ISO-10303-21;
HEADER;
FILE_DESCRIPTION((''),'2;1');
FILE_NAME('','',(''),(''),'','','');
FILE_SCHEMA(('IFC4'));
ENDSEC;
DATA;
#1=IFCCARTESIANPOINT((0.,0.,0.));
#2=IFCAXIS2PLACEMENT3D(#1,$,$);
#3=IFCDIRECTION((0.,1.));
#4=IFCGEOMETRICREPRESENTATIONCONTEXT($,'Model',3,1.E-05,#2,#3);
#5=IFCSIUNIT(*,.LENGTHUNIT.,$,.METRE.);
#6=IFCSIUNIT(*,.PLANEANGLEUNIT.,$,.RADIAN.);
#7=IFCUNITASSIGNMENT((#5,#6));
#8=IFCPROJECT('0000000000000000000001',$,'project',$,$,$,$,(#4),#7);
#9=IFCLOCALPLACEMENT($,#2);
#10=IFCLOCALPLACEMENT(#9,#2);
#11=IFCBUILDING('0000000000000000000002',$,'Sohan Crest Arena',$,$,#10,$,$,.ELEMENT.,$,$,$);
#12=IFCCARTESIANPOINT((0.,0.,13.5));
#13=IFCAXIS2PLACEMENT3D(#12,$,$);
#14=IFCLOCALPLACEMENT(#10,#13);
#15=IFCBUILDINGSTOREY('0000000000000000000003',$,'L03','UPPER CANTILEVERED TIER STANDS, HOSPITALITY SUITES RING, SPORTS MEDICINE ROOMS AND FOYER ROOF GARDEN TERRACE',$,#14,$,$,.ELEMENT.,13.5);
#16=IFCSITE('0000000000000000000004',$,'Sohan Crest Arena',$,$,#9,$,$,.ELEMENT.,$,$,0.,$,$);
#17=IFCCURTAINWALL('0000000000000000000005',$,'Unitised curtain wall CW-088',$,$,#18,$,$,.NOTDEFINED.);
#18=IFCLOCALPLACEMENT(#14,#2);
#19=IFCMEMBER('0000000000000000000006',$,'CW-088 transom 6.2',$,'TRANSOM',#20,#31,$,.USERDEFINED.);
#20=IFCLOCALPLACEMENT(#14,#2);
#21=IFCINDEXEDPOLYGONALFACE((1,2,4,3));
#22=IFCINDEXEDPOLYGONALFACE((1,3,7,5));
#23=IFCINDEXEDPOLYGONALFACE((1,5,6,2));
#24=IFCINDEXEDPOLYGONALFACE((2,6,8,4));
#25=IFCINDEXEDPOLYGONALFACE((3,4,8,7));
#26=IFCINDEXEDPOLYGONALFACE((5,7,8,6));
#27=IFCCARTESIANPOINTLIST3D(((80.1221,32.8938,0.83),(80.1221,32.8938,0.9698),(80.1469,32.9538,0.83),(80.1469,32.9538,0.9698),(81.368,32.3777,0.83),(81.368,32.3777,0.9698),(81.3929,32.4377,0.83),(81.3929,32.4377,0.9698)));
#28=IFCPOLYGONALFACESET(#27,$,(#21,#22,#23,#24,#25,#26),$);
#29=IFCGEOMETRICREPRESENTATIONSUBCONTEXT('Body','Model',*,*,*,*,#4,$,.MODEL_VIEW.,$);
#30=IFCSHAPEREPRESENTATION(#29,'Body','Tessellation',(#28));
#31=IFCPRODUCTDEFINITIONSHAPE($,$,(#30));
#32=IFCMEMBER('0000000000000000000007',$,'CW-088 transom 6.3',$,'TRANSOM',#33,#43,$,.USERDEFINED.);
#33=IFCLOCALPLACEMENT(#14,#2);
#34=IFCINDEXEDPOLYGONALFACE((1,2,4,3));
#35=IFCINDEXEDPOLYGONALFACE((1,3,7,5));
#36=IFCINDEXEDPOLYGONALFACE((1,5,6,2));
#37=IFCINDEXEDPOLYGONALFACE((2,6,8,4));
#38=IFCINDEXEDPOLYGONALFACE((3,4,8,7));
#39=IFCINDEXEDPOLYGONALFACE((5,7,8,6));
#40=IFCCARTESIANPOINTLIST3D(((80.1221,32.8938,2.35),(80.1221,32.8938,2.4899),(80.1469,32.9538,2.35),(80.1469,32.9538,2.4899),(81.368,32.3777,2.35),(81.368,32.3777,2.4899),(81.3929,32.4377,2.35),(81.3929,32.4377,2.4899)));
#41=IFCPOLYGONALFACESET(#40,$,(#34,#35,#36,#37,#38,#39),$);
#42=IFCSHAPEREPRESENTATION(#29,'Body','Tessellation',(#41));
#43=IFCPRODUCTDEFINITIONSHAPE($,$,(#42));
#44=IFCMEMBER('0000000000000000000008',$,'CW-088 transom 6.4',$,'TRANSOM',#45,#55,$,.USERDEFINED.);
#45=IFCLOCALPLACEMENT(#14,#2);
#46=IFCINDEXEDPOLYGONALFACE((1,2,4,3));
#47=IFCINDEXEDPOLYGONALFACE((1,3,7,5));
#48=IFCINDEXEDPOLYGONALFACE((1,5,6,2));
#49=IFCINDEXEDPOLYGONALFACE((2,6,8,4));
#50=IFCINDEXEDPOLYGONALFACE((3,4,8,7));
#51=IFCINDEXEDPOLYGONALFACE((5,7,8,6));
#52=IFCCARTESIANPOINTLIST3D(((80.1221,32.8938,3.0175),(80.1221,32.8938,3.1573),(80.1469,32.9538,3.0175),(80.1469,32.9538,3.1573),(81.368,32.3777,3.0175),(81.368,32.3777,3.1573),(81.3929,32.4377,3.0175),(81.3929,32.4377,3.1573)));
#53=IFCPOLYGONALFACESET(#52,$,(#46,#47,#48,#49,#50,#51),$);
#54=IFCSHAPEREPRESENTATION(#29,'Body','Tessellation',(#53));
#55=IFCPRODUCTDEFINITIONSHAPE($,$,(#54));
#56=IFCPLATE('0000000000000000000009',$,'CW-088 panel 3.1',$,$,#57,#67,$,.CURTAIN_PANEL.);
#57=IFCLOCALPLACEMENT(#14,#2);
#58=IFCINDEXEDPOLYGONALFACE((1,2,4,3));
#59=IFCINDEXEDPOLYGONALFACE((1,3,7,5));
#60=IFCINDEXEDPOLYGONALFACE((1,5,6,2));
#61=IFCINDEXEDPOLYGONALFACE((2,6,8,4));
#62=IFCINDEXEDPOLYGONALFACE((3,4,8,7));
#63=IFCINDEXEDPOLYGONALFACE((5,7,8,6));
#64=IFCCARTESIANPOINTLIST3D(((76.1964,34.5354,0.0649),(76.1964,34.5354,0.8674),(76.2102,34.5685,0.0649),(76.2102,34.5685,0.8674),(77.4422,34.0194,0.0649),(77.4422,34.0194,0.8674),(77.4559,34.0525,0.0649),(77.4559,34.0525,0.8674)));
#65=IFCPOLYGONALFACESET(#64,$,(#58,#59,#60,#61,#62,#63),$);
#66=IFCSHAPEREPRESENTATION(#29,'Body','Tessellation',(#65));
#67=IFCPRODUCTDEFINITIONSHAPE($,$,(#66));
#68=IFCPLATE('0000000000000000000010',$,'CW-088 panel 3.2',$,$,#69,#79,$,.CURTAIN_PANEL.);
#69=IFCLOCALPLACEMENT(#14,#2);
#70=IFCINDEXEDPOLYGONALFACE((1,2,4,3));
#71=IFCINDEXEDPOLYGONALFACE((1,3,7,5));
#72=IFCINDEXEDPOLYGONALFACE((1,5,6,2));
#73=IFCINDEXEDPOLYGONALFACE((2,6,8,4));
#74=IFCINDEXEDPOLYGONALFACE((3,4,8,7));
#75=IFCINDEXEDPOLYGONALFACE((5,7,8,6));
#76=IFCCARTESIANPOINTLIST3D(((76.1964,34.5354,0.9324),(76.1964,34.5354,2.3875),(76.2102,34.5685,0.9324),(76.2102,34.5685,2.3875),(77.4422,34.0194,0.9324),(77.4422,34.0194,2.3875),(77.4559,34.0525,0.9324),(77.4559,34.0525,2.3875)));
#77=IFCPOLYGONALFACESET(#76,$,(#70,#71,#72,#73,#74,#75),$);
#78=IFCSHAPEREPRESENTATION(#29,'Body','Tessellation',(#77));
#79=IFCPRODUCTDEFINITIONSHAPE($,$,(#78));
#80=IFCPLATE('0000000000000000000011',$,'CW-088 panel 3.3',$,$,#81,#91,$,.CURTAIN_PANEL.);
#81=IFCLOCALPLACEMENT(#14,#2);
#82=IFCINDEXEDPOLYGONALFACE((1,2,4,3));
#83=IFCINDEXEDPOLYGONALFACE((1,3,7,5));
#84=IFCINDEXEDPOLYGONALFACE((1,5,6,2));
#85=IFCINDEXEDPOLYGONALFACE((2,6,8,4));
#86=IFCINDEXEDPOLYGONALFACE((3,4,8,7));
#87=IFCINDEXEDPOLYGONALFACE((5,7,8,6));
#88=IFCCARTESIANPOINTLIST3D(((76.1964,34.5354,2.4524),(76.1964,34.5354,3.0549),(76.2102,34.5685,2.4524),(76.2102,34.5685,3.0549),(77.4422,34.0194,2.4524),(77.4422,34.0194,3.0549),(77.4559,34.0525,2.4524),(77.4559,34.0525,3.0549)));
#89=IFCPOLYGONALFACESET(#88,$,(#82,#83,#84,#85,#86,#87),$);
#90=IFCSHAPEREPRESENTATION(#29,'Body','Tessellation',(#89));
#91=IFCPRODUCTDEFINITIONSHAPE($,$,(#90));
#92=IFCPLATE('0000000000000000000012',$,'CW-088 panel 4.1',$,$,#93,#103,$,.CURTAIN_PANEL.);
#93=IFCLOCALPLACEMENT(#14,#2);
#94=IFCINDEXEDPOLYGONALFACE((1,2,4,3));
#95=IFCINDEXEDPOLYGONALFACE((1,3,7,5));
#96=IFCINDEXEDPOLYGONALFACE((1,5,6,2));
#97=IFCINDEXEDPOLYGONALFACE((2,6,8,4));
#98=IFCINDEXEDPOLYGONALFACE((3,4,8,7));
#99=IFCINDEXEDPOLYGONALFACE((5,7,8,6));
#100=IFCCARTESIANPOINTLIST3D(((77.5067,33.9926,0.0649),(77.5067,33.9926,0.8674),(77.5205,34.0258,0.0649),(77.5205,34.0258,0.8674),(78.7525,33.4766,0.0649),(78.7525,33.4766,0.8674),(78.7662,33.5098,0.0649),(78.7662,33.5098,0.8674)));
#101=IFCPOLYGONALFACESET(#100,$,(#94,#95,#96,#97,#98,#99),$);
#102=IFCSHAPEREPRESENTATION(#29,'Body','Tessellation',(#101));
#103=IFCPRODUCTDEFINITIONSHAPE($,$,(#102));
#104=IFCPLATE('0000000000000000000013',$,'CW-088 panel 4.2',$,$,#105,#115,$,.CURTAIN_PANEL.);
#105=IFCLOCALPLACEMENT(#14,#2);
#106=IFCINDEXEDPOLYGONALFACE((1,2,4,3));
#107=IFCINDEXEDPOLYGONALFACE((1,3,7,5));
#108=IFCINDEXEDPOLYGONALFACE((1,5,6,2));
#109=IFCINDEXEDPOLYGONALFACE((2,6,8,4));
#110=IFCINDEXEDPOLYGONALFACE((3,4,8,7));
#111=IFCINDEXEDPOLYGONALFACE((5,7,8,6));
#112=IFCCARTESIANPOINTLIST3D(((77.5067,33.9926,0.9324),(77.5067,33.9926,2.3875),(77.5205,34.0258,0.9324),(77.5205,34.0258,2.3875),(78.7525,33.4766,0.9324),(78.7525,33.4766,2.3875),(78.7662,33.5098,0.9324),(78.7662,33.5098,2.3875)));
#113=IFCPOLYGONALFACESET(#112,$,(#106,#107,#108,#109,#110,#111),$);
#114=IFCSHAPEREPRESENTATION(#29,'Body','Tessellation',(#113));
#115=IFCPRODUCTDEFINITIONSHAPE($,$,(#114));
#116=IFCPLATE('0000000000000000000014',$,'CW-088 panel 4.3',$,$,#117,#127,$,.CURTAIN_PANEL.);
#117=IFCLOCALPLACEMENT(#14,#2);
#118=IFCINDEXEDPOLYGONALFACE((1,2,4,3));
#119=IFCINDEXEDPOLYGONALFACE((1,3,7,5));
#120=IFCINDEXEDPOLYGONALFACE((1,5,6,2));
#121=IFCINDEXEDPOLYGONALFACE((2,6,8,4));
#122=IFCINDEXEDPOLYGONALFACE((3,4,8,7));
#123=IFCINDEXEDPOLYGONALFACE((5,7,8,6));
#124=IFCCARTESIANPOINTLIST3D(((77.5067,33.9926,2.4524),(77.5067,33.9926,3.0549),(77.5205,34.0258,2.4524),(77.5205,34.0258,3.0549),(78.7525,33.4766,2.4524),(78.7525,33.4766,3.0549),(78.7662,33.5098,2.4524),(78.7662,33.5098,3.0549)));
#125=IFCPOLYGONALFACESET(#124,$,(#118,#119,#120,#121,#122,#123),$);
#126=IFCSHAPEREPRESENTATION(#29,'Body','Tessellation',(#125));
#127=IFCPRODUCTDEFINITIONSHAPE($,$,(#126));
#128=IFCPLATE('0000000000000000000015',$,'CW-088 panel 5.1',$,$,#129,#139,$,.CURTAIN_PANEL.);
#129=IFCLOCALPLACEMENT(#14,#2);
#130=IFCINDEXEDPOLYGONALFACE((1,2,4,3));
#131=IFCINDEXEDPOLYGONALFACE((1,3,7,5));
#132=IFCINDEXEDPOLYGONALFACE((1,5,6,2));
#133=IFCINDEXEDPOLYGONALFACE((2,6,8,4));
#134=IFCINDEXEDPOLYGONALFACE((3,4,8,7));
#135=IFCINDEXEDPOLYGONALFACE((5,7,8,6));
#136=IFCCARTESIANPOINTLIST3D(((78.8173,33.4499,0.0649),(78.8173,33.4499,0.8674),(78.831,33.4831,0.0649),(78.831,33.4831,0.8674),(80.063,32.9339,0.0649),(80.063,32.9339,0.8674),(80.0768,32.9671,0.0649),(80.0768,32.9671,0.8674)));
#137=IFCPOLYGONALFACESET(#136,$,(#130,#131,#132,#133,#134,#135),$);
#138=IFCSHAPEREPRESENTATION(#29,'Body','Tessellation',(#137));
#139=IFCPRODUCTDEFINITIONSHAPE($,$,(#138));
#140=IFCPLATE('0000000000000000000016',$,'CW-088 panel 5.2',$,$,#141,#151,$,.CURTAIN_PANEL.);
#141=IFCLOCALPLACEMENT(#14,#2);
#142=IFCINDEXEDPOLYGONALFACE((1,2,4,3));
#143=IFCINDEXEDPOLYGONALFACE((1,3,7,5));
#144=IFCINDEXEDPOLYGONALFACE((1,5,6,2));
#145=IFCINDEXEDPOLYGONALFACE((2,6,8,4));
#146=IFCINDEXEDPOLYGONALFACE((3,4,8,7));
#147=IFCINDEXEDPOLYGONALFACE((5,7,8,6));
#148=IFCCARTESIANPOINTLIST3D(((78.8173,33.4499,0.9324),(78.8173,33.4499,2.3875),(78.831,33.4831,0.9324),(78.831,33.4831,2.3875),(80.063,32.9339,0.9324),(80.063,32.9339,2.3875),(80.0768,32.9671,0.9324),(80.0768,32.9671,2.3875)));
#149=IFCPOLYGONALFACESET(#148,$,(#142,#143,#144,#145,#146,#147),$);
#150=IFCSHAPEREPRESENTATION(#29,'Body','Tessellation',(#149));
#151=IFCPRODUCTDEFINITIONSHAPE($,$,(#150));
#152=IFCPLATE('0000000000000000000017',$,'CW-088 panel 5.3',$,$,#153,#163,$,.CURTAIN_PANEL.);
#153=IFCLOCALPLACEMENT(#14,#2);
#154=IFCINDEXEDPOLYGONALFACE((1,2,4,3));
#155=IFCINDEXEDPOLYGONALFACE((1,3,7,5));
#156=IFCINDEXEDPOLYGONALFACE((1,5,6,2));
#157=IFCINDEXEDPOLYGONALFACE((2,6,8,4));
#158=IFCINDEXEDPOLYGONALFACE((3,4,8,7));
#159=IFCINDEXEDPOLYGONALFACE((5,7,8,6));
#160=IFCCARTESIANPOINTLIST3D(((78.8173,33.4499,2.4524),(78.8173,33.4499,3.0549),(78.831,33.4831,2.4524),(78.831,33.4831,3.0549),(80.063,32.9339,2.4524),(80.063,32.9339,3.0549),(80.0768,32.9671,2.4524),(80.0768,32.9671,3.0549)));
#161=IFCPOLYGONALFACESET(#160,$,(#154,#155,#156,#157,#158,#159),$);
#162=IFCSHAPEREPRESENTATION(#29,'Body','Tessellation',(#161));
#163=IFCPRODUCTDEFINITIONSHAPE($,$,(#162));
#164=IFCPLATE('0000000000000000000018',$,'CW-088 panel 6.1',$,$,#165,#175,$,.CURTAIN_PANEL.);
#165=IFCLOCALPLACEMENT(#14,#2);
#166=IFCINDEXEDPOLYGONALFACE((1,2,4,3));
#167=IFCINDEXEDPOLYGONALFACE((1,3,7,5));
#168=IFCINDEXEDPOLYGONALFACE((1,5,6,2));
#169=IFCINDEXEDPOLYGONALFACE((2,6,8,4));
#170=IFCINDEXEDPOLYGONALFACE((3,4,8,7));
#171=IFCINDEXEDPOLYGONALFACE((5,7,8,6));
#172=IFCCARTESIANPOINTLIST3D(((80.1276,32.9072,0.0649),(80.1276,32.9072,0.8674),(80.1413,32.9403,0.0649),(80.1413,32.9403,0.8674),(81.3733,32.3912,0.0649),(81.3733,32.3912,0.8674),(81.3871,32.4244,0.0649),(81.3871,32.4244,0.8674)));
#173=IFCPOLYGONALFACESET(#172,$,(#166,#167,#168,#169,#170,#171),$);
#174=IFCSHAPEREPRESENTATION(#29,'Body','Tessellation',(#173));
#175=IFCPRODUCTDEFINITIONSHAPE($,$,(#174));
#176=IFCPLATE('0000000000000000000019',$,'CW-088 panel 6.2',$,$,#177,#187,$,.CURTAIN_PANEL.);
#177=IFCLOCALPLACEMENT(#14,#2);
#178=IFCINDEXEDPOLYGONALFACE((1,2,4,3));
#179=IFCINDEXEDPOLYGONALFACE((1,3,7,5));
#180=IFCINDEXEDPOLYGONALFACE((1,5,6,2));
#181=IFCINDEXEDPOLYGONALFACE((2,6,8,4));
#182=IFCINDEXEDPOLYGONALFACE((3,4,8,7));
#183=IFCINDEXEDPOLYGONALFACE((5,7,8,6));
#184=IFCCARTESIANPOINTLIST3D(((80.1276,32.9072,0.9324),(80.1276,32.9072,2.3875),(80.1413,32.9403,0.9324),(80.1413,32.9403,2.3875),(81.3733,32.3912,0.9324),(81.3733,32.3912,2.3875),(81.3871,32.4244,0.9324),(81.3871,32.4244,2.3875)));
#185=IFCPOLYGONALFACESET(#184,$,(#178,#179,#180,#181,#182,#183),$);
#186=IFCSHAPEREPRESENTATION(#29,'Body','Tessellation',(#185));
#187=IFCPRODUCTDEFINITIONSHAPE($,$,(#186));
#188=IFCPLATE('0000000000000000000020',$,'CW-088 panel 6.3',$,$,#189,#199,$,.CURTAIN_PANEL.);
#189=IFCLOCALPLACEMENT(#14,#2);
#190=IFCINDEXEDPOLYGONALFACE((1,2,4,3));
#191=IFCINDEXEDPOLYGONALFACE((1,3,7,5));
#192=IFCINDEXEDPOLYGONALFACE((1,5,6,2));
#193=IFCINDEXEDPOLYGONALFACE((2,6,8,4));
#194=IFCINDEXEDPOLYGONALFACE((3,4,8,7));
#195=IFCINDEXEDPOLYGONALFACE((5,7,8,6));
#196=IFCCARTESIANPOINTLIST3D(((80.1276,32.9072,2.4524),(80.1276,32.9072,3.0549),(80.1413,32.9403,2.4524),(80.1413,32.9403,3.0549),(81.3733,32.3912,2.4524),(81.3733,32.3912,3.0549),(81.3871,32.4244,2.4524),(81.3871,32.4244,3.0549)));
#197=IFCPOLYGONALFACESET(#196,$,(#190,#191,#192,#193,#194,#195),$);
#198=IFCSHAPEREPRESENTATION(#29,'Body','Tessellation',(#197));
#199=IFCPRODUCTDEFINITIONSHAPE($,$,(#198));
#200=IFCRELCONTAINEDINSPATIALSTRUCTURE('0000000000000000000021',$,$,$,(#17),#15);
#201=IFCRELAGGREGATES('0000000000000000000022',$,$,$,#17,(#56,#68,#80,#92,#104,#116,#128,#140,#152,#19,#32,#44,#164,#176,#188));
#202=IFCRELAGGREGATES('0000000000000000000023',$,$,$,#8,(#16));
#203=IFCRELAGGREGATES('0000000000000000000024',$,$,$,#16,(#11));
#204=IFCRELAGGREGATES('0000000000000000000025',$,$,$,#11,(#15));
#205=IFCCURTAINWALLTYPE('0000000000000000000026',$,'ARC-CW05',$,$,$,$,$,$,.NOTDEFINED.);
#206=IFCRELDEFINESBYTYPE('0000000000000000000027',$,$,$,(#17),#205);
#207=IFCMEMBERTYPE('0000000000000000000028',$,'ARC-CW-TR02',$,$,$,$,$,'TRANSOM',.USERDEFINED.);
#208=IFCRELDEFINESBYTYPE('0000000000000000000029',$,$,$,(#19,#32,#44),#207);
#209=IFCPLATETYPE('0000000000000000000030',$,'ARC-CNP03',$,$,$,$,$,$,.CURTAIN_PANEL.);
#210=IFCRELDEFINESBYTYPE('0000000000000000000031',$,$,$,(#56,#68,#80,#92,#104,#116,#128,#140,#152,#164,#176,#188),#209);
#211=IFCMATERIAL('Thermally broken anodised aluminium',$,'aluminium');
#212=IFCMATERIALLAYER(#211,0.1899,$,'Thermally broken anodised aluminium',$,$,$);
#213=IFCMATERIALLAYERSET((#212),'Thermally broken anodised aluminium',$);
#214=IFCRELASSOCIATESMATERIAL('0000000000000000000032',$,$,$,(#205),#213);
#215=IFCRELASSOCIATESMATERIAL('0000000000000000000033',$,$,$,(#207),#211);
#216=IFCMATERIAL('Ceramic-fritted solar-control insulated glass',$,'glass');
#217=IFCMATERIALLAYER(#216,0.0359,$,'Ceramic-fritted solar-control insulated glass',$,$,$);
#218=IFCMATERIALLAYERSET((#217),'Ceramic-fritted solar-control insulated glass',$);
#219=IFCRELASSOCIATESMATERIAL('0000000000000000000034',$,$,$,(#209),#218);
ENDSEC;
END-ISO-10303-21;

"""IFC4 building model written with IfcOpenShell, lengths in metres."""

from ifc_helpers import new_model, si_unit, direction, frame, origin, origin_2d, place, context, subcontext, project, spatial, rectangle, extrude, material, layer, layer_set, material_profile, profile_set, type_object, element, aggregate, save


model = new_model("IFC4")

# Units and contexts
model_context = context("Model", 3, precision=1e-05, world=origin(), true_north=direction((0.0, 1.0)))
body_context = subcontext(model_context, "Body", "Model", "MODEL_VIEW")
ifc_project = project(units=[si_unit("LENGTHUNIT", "METRE"), si_unit("PLANEANGLEUNIT", "RADIAN")], contexts=[model_context])

# Site, building, storey
site_placement = place(None, origin())
site = spatial("IfcSite", under=ifc_project, at=site_placement, Name="Sohan Crest Arena", CompositionType="ELEMENT", RefElevation=0.0)
building_placement = place(site_placement, origin())
building = spatial("IfcBuilding", under=site, at=building_placement, Name="Sohan Crest Arena", CompositionType="ELEMENT")
storey_placement = place(building_placement, frame((0.0, 0.0, 13.5)))
storey = spatial("IfcBuildingStorey", under=building, at=storey_placement, Name="L03", Description="UPPER CANTILEVERED TIER STANDS, HOSPITALITY SUITES RING, SPORTS MEDICINE ROOMS AND FOYER ROOF GARDEN TERRACE", CompositionType="ELEMENT", Elevation=13.5)

# Curtain wall, members, plates
ifc_material_1 = material(Name="Thermally broken anodised aluminium", Category="aluminium")
ifc_layer_1 = layer(ifc_material_1, 0.1899, Name="Thermally broken anodised aluminium")
ifc_layer_set_1 = layer_set([ifc_layer_1], Name="Thermally broken anodised aluminium")
curtain_wall_type = type_object("IfcCurtainWallType", Name="ARC-CW05", PredefinedType="NOTDEFINED", material=ifc_layer_set_1)
curtain_wall_placement = place(storey_placement, origin())
curtain_wall = element("IfcCurtainWall", 1, at=curtain_wall_placement, inside=storey, type_object=curtain_wall_type, Name="Unitised curtain wall CW-088", PredefinedType="NOTDEFINED")
ifc_material_profile_1 = material_profile(ifc_material_1, rectangle(XDim=0.0649, YDim=0.1399, at=origin_2d()), Name="ALU-TRAN 65x140")
ifc_profile_set_1 = profile_set([ifc_material_profile_1], Name="Thermally broken anodised aluminium")
member_type_1 = type_object("IfcMemberType", Name="ARC-CW-TR02", ElementType="TRANSOM", PredefinedType="USERDEFINED", material=ifc_profile_set_1)
member_1_placement = place(storey_placement, frame((80.1345, 32.9238, 0.8999), z_axis=(0.923862, -0.382725, 0.0), x_axis=(0.382725, 0.923862, 0.0)))
member_1 = element("IfcMember", 2, at=member_1_placement, type_object=member_type_1, Name="CW-088 transom 6.2", ObjectType="TRANSOM", PredefinedType="USERDEFINED", context=body_context, shape_type="SweptSolid", body=[
    extrude(rectangle(XDim=0.0649, YDim=0.1399, at=origin_2d()), origin(), (0.0, 0.0, 1.0), 1.3486),
])
member_2_placement = place(storey_placement, frame((80.1345, 32.9238, 2.4199), z_axis=(0.923862, -0.382725, 0.0), x_axis=(0.382725, 0.923862, 0.0)))
member_2 = element("IfcMember", 3, at=member_2_placement, type_object=member_type_1, Name="CW-088 transom 6.3", ObjectType="TRANSOM", PredefinedType="USERDEFINED", context=body_context, shape_type="SweptSolid", body=[
    extrude(rectangle(XDim=0.0649, YDim=0.1399, at=origin_2d()), origin(), (0.0, 0.0, 1.0), 1.3486),
])
member_3_placement = place(storey_placement, frame((80.1345, 32.9238, 3.0874), z_axis=(0.923862, -0.382725, 0.0), x_axis=(0.382725, 0.923862, 0.0)))
member_3 = element("IfcMember", 4, at=member_3_placement, type_object=member_type_1, Name="CW-088 transom 6.4", ObjectType="TRANSOM", PredefinedType="USERDEFINED", context=body_context, shape_type="SweptSolid", body=[
    extrude(rectangle(XDim=0.0649, YDim=0.1399, at=origin_2d()), origin(), (0.0, 0.0, 1.0), 1.3486),
])
ifc_material_2 = material(Name="Ceramic-fritted solar-control insulated glass", Category="glass")
ifc_layer_2 = layer(ifc_material_2, 0.0359, Name="Ceramic-fritted solar-control insulated glass")
ifc_layer_set_2 = layer_set([ifc_layer_2], Name="Ceramic-fritted solar-control insulated glass")
plate_type = type_object("IfcPlateType", Name="ARC-CNP03", PredefinedType="CURTAIN_PANEL", material=ifc_layer_set_2)
plate_1_placement = place(storey_placement, frame((76.8262, 34.2939, 0.0649), z_axis=(0.0, 0.0, 1.0), x_axis=(0.923886, -0.382668, 0.0)))
plate_1 = element("IfcPlate", 5, at=plate_1_placement, type_object=plate_type, Name="CW-088 panel 3.1", PredefinedType="CURTAIN_PANEL", context=body_context, shape_type="SweptSolid", body=[
    extrude(rectangle(XDim=1.3484, YDim=0.0359, at=origin_2d()), origin(), (0.0, 0.0, 1.0), 0.8025),
])
plate_2_placement = place(storey_placement, frame((76.8262, 34.2939, 0.9324), z_axis=(0.0, 0.0, 1.0), x_axis=(0.923886, -0.382668, 0.0)))
plate_2 = element("IfcPlate", 6, at=plate_2_placement, type_object=plate_type, Name="CW-088 panel 3.2", PredefinedType="CURTAIN_PANEL", context=body_context, shape_type="SweptSolid", body=[
    extrude(rectangle(XDim=1.3484, YDim=0.0359, at=origin_2d()), origin(), (0.0, 0.0, 1.0), 1.4551),
])
plate_3_placement = place(storey_placement, frame((76.8262, 34.2939, 2.4524), z_axis=(0.0, 0.0, 1.0), x_axis=(0.923886, -0.382668, 0.0)))
plate_3 = element("IfcPlate", 7, at=plate_3_placement, type_object=plate_type, Name="CW-088 panel 3.3", PredefinedType="CURTAIN_PANEL", context=body_context, shape_type="SweptSolid", body=[
    extrude(rectangle(XDim=1.3484, YDim=0.0359, at=origin_2d()), origin(), (0.0, 0.0, 1.0), 0.6025),
])
plate_4_placement = place(storey_placement, frame((78.1365, 33.7512, 0.0649), z_axis=(0.0, 0.0, 1.0), x_axis=(0.923886, -0.382668, 0.0)))
plate_4 = element("IfcPlate", 8, at=plate_4_placement, type_object=plate_type, Name="CW-088 panel 4.1", PredefinedType="CURTAIN_PANEL", context=body_context, shape_type="SweptSolid", body=[
    extrude(rectangle(XDim=1.3484, YDim=0.0359, at=origin_2d()), origin(), (0.0, 0.0, 1.0), 0.8025),
])
plate_5_placement = place(storey_placement, frame((78.1365, 33.7512, 0.9324), z_axis=(0.0, 0.0, 1.0), x_axis=(0.923886, -0.382668, 0.0)))
plate_5 = element("IfcPlate", 9, at=plate_5_placement, type_object=plate_type, Name="CW-088 panel 4.2", PredefinedType="CURTAIN_PANEL", context=body_context, shape_type="SweptSolid", body=[
    extrude(rectangle(XDim=1.3484, YDim=0.0359, at=origin_2d()), origin(), (0.0, 0.0, 1.0), 1.4551),
])
plate_6_placement = place(storey_placement, frame((78.1365, 33.7512, 2.4524), z_axis=(0.0, 0.0, 1.0), x_axis=(0.923886, -0.382668, 0.0)))
plate_6 = element("IfcPlate", 10, at=plate_6_placement, type_object=plate_type, Name="CW-088 panel 4.3", PredefinedType="CURTAIN_PANEL", context=body_context, shape_type="SweptSolid", body=[
    extrude(rectangle(XDim=1.3484, YDim=0.0359, at=origin_2d()), origin(), (0.0, 0.0, 1.0), 0.6025),
])
plate_7_placement = place(storey_placement, frame((79.447, 33.2085, 0.0649), z_axis=(0.0, 0.0, 1.0), x_axis=(0.923886, -0.382668, 0.0)))
plate_7 = element("IfcPlate", 11, at=plate_7_placement, type_object=plate_type, Name="CW-088 panel 5.1", PredefinedType="CURTAIN_PANEL", context=body_context, shape_type="SweptSolid", body=[
    extrude(rectangle(XDim=1.3484, YDim=0.0359, at=origin_2d()), origin(), (0.0, 0.0, 1.0), 0.8025),
])
plate_8_placement = place(storey_placement, frame((79.447, 33.2085, 0.9324), z_axis=(0.0, 0.0, 1.0), x_axis=(0.923886, -0.382668, 0.0)))
plate_8 = element("IfcPlate", 12, at=plate_8_placement, type_object=plate_type, Name="CW-088 panel 5.2", PredefinedType="CURTAIN_PANEL", context=body_context, shape_type="SweptSolid", body=[
    extrude(rectangle(XDim=1.3484, YDim=0.0359, at=origin_2d()), origin(), (0.0, 0.0, 1.0), 1.4551),
])
plate_9_placement = place(storey_placement, frame((79.447, 33.2085, 2.4524), z_axis=(0.0, 0.0, 1.0), x_axis=(0.923886, -0.382668, 0.0)))
plate_9 = element("IfcPlate", 13, at=plate_9_placement, type_object=plate_type, Name="CW-088 panel 5.3", PredefinedType="CURTAIN_PANEL", context=body_context, shape_type="SweptSolid", body=[
    extrude(rectangle(XDim=1.3484, YDim=0.0359, at=origin_2d()), origin(), (0.0, 0.0, 1.0), 0.6025),
])
plate_10_placement = place(storey_placement, frame((80.7573, 32.6658, 0.0649), z_axis=(0.0, 0.0, 1.0), x_axis=(0.923886, -0.382668, 0.0)))
plate_10 = element("IfcPlate", 14, at=plate_10_placement, type_object=plate_type, Name="CW-088 panel 6.1", PredefinedType="CURTAIN_PANEL", context=body_context, shape_type="SweptSolid", body=[
    extrude(rectangle(XDim=1.3484, YDim=0.0359, at=origin_2d()), origin(), (0.0, 0.0, 1.0), 0.8025),
])
plate_11_placement = place(storey_placement, frame((80.7573, 32.6658, 0.9324), z_axis=(0.0, 0.0, 1.0), x_axis=(0.923886, -0.382668, 0.0)))
plate_11 = element("IfcPlate", 15, at=plate_11_placement, type_object=plate_type, Name="CW-088 panel 6.2", PredefinedType="CURTAIN_PANEL", context=body_context, shape_type="SweptSolid", body=[
    extrude(rectangle(XDim=1.3484, YDim=0.0359, at=origin_2d()), origin(), (0.0, 0.0, 1.0), 1.4551),
])
plate_12_placement = place(storey_placement, frame((80.7573, 32.6658, 2.4524), z_axis=(0.0, 0.0, 1.0), x_axis=(0.923886, -0.382668, 0.0)))
plate_12 = element("IfcPlate", 16, at=plate_12_placement, type_object=plate_type, Name="CW-088 panel 6.3", PredefinedType="CURTAIN_PANEL", context=body_context, shape_type="SweptSolid", body=[
    extrude(rectangle(XDim=1.3484, YDim=0.0359, at=origin_2d()), origin(), (0.0, 0.0, 1.0), 0.6025),
])
aggregate(curtain_wall, [plate_1, plate_2, plate_3, plate_4, plate_5, plate_6, plate_7, plate_8, plate_9, member_1, member_2, member_3, plate_10, plate_11, plate_12])

save(model, "model.ifc")
